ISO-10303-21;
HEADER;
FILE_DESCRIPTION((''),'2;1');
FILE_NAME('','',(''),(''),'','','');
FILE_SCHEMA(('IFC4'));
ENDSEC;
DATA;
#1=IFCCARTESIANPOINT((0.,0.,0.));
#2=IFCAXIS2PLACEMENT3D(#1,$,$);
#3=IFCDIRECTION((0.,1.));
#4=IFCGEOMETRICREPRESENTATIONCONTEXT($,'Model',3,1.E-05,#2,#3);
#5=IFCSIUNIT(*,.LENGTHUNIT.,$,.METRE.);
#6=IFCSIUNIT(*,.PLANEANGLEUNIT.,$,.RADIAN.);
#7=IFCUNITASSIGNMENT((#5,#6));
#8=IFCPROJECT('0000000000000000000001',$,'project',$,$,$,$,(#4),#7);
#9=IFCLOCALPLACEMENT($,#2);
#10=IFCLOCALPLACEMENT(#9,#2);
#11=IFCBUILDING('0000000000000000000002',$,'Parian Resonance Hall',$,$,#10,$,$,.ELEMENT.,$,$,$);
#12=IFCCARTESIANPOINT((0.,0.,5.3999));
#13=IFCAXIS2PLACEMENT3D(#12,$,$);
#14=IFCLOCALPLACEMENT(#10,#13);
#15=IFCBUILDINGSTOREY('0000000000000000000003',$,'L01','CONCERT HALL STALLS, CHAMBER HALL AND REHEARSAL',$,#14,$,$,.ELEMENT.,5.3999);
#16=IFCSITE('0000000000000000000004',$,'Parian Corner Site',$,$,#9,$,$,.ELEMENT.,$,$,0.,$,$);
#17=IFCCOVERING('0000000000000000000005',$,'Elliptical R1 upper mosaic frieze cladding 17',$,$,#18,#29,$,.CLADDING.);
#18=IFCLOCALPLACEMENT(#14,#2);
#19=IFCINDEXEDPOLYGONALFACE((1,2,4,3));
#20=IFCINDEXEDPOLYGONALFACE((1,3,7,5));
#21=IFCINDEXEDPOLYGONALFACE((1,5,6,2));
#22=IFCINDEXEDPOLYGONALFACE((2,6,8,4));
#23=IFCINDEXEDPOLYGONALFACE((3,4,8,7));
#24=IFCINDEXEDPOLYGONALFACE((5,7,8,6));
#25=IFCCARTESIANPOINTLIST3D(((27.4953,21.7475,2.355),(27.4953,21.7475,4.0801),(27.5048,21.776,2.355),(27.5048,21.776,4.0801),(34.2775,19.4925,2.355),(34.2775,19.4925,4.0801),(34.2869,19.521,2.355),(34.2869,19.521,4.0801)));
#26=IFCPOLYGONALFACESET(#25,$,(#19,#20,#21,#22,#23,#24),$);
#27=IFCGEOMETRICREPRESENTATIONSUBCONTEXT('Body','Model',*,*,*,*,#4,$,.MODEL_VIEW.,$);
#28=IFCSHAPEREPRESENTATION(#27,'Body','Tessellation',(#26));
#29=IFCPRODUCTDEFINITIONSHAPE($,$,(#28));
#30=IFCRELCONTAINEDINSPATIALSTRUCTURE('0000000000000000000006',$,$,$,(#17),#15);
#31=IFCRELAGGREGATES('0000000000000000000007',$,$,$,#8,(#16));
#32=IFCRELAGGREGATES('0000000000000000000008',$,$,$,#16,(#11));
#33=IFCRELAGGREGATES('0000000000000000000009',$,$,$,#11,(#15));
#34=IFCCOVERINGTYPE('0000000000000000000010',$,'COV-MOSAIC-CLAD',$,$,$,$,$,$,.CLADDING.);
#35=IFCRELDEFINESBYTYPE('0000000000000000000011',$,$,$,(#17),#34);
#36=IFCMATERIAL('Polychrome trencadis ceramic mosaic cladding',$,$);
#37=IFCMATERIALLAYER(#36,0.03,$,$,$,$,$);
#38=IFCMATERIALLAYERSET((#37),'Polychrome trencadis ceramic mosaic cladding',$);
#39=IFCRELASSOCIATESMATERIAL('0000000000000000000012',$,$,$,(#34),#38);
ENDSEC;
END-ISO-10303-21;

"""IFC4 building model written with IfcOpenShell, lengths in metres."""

from ifc_helpers import new_model, si_unit, direction, frame, origin, origin_2d, place, context, subcontext, project, spatial, rectangle, extrude, material, layer, layer_set, type_object, element, save


model = new_model("IFC4")

# Units and contexts
model_context = context("Model", 3, precision=1e-05, world=origin(), true_north=direction((0.0, 1.0)))
body_context = subcontext(model_context, "Body", "Model", "MODEL_VIEW")
ifc_project = project(units=[si_unit("LENGTHUNIT", "METRE"), si_unit("PLANEANGLEUNIT", "RADIAN")], contexts=[model_context])

# Site, building, storey
site_placement = place(None, origin())
site = spatial("IfcSite", under=ifc_project, at=site_placement, Name="Parian Corner Site", CompositionType="ELEMENT", RefElevation=0.0)
building_placement = place(site_placement, origin())
building = spatial("IfcBuilding", under=site, at=building_placement, Name="Parian Resonance Hall", CompositionType="ELEMENT")
storey_placement = place(building_placement, frame((0.0, 0.0, 5.3999)))
storey = spatial("IfcBuildingStorey", under=building, at=storey_placement, Name="L01", Description="CONCERT HALL STALLS, CHAMBER HALL AND REHEARSAL", CompositionType="ELEMENT", Elevation=5.3999)

# Covering
ifc_material_1 = material(Name="Polychrome trencadis ceramic mosaic cladding")
ifc_layer_1 = layer(ifc_material_1, 0.03)
ifc_layer_set_1 = layer_set([ifc_layer_1], Name="Polychrome trencadis ceramic mosaic cladding")
covering_type = type_object("IfcCoveringType", Name="COV-MOSAIC-CLAD", PredefinedType="CLADDING", material=ifc_layer_set_1)
covering_1_placement = place(storey_placement, frame((30.8911, 20.6343, 2.355), z_axis=(0.0, 0.0, 1.0), x_axis=(-0.948924, 0.315505, 0.0)))
element("IfcCovering", 1, at=covering_1_placement, inside=storey, type_object=covering_type, Name="Elliptical R1 upper mosaic frieze cladding 17", PredefinedType="CLADDING", context=body_context, shape_type="SweptSolid", body=[
    extrude(rectangle(XDim=7.1472, YDim=0.03, at=origin_2d()), origin(), (0.0, 0.0, 1.0), 1.7251),
])

save(model, "model.ifc")
